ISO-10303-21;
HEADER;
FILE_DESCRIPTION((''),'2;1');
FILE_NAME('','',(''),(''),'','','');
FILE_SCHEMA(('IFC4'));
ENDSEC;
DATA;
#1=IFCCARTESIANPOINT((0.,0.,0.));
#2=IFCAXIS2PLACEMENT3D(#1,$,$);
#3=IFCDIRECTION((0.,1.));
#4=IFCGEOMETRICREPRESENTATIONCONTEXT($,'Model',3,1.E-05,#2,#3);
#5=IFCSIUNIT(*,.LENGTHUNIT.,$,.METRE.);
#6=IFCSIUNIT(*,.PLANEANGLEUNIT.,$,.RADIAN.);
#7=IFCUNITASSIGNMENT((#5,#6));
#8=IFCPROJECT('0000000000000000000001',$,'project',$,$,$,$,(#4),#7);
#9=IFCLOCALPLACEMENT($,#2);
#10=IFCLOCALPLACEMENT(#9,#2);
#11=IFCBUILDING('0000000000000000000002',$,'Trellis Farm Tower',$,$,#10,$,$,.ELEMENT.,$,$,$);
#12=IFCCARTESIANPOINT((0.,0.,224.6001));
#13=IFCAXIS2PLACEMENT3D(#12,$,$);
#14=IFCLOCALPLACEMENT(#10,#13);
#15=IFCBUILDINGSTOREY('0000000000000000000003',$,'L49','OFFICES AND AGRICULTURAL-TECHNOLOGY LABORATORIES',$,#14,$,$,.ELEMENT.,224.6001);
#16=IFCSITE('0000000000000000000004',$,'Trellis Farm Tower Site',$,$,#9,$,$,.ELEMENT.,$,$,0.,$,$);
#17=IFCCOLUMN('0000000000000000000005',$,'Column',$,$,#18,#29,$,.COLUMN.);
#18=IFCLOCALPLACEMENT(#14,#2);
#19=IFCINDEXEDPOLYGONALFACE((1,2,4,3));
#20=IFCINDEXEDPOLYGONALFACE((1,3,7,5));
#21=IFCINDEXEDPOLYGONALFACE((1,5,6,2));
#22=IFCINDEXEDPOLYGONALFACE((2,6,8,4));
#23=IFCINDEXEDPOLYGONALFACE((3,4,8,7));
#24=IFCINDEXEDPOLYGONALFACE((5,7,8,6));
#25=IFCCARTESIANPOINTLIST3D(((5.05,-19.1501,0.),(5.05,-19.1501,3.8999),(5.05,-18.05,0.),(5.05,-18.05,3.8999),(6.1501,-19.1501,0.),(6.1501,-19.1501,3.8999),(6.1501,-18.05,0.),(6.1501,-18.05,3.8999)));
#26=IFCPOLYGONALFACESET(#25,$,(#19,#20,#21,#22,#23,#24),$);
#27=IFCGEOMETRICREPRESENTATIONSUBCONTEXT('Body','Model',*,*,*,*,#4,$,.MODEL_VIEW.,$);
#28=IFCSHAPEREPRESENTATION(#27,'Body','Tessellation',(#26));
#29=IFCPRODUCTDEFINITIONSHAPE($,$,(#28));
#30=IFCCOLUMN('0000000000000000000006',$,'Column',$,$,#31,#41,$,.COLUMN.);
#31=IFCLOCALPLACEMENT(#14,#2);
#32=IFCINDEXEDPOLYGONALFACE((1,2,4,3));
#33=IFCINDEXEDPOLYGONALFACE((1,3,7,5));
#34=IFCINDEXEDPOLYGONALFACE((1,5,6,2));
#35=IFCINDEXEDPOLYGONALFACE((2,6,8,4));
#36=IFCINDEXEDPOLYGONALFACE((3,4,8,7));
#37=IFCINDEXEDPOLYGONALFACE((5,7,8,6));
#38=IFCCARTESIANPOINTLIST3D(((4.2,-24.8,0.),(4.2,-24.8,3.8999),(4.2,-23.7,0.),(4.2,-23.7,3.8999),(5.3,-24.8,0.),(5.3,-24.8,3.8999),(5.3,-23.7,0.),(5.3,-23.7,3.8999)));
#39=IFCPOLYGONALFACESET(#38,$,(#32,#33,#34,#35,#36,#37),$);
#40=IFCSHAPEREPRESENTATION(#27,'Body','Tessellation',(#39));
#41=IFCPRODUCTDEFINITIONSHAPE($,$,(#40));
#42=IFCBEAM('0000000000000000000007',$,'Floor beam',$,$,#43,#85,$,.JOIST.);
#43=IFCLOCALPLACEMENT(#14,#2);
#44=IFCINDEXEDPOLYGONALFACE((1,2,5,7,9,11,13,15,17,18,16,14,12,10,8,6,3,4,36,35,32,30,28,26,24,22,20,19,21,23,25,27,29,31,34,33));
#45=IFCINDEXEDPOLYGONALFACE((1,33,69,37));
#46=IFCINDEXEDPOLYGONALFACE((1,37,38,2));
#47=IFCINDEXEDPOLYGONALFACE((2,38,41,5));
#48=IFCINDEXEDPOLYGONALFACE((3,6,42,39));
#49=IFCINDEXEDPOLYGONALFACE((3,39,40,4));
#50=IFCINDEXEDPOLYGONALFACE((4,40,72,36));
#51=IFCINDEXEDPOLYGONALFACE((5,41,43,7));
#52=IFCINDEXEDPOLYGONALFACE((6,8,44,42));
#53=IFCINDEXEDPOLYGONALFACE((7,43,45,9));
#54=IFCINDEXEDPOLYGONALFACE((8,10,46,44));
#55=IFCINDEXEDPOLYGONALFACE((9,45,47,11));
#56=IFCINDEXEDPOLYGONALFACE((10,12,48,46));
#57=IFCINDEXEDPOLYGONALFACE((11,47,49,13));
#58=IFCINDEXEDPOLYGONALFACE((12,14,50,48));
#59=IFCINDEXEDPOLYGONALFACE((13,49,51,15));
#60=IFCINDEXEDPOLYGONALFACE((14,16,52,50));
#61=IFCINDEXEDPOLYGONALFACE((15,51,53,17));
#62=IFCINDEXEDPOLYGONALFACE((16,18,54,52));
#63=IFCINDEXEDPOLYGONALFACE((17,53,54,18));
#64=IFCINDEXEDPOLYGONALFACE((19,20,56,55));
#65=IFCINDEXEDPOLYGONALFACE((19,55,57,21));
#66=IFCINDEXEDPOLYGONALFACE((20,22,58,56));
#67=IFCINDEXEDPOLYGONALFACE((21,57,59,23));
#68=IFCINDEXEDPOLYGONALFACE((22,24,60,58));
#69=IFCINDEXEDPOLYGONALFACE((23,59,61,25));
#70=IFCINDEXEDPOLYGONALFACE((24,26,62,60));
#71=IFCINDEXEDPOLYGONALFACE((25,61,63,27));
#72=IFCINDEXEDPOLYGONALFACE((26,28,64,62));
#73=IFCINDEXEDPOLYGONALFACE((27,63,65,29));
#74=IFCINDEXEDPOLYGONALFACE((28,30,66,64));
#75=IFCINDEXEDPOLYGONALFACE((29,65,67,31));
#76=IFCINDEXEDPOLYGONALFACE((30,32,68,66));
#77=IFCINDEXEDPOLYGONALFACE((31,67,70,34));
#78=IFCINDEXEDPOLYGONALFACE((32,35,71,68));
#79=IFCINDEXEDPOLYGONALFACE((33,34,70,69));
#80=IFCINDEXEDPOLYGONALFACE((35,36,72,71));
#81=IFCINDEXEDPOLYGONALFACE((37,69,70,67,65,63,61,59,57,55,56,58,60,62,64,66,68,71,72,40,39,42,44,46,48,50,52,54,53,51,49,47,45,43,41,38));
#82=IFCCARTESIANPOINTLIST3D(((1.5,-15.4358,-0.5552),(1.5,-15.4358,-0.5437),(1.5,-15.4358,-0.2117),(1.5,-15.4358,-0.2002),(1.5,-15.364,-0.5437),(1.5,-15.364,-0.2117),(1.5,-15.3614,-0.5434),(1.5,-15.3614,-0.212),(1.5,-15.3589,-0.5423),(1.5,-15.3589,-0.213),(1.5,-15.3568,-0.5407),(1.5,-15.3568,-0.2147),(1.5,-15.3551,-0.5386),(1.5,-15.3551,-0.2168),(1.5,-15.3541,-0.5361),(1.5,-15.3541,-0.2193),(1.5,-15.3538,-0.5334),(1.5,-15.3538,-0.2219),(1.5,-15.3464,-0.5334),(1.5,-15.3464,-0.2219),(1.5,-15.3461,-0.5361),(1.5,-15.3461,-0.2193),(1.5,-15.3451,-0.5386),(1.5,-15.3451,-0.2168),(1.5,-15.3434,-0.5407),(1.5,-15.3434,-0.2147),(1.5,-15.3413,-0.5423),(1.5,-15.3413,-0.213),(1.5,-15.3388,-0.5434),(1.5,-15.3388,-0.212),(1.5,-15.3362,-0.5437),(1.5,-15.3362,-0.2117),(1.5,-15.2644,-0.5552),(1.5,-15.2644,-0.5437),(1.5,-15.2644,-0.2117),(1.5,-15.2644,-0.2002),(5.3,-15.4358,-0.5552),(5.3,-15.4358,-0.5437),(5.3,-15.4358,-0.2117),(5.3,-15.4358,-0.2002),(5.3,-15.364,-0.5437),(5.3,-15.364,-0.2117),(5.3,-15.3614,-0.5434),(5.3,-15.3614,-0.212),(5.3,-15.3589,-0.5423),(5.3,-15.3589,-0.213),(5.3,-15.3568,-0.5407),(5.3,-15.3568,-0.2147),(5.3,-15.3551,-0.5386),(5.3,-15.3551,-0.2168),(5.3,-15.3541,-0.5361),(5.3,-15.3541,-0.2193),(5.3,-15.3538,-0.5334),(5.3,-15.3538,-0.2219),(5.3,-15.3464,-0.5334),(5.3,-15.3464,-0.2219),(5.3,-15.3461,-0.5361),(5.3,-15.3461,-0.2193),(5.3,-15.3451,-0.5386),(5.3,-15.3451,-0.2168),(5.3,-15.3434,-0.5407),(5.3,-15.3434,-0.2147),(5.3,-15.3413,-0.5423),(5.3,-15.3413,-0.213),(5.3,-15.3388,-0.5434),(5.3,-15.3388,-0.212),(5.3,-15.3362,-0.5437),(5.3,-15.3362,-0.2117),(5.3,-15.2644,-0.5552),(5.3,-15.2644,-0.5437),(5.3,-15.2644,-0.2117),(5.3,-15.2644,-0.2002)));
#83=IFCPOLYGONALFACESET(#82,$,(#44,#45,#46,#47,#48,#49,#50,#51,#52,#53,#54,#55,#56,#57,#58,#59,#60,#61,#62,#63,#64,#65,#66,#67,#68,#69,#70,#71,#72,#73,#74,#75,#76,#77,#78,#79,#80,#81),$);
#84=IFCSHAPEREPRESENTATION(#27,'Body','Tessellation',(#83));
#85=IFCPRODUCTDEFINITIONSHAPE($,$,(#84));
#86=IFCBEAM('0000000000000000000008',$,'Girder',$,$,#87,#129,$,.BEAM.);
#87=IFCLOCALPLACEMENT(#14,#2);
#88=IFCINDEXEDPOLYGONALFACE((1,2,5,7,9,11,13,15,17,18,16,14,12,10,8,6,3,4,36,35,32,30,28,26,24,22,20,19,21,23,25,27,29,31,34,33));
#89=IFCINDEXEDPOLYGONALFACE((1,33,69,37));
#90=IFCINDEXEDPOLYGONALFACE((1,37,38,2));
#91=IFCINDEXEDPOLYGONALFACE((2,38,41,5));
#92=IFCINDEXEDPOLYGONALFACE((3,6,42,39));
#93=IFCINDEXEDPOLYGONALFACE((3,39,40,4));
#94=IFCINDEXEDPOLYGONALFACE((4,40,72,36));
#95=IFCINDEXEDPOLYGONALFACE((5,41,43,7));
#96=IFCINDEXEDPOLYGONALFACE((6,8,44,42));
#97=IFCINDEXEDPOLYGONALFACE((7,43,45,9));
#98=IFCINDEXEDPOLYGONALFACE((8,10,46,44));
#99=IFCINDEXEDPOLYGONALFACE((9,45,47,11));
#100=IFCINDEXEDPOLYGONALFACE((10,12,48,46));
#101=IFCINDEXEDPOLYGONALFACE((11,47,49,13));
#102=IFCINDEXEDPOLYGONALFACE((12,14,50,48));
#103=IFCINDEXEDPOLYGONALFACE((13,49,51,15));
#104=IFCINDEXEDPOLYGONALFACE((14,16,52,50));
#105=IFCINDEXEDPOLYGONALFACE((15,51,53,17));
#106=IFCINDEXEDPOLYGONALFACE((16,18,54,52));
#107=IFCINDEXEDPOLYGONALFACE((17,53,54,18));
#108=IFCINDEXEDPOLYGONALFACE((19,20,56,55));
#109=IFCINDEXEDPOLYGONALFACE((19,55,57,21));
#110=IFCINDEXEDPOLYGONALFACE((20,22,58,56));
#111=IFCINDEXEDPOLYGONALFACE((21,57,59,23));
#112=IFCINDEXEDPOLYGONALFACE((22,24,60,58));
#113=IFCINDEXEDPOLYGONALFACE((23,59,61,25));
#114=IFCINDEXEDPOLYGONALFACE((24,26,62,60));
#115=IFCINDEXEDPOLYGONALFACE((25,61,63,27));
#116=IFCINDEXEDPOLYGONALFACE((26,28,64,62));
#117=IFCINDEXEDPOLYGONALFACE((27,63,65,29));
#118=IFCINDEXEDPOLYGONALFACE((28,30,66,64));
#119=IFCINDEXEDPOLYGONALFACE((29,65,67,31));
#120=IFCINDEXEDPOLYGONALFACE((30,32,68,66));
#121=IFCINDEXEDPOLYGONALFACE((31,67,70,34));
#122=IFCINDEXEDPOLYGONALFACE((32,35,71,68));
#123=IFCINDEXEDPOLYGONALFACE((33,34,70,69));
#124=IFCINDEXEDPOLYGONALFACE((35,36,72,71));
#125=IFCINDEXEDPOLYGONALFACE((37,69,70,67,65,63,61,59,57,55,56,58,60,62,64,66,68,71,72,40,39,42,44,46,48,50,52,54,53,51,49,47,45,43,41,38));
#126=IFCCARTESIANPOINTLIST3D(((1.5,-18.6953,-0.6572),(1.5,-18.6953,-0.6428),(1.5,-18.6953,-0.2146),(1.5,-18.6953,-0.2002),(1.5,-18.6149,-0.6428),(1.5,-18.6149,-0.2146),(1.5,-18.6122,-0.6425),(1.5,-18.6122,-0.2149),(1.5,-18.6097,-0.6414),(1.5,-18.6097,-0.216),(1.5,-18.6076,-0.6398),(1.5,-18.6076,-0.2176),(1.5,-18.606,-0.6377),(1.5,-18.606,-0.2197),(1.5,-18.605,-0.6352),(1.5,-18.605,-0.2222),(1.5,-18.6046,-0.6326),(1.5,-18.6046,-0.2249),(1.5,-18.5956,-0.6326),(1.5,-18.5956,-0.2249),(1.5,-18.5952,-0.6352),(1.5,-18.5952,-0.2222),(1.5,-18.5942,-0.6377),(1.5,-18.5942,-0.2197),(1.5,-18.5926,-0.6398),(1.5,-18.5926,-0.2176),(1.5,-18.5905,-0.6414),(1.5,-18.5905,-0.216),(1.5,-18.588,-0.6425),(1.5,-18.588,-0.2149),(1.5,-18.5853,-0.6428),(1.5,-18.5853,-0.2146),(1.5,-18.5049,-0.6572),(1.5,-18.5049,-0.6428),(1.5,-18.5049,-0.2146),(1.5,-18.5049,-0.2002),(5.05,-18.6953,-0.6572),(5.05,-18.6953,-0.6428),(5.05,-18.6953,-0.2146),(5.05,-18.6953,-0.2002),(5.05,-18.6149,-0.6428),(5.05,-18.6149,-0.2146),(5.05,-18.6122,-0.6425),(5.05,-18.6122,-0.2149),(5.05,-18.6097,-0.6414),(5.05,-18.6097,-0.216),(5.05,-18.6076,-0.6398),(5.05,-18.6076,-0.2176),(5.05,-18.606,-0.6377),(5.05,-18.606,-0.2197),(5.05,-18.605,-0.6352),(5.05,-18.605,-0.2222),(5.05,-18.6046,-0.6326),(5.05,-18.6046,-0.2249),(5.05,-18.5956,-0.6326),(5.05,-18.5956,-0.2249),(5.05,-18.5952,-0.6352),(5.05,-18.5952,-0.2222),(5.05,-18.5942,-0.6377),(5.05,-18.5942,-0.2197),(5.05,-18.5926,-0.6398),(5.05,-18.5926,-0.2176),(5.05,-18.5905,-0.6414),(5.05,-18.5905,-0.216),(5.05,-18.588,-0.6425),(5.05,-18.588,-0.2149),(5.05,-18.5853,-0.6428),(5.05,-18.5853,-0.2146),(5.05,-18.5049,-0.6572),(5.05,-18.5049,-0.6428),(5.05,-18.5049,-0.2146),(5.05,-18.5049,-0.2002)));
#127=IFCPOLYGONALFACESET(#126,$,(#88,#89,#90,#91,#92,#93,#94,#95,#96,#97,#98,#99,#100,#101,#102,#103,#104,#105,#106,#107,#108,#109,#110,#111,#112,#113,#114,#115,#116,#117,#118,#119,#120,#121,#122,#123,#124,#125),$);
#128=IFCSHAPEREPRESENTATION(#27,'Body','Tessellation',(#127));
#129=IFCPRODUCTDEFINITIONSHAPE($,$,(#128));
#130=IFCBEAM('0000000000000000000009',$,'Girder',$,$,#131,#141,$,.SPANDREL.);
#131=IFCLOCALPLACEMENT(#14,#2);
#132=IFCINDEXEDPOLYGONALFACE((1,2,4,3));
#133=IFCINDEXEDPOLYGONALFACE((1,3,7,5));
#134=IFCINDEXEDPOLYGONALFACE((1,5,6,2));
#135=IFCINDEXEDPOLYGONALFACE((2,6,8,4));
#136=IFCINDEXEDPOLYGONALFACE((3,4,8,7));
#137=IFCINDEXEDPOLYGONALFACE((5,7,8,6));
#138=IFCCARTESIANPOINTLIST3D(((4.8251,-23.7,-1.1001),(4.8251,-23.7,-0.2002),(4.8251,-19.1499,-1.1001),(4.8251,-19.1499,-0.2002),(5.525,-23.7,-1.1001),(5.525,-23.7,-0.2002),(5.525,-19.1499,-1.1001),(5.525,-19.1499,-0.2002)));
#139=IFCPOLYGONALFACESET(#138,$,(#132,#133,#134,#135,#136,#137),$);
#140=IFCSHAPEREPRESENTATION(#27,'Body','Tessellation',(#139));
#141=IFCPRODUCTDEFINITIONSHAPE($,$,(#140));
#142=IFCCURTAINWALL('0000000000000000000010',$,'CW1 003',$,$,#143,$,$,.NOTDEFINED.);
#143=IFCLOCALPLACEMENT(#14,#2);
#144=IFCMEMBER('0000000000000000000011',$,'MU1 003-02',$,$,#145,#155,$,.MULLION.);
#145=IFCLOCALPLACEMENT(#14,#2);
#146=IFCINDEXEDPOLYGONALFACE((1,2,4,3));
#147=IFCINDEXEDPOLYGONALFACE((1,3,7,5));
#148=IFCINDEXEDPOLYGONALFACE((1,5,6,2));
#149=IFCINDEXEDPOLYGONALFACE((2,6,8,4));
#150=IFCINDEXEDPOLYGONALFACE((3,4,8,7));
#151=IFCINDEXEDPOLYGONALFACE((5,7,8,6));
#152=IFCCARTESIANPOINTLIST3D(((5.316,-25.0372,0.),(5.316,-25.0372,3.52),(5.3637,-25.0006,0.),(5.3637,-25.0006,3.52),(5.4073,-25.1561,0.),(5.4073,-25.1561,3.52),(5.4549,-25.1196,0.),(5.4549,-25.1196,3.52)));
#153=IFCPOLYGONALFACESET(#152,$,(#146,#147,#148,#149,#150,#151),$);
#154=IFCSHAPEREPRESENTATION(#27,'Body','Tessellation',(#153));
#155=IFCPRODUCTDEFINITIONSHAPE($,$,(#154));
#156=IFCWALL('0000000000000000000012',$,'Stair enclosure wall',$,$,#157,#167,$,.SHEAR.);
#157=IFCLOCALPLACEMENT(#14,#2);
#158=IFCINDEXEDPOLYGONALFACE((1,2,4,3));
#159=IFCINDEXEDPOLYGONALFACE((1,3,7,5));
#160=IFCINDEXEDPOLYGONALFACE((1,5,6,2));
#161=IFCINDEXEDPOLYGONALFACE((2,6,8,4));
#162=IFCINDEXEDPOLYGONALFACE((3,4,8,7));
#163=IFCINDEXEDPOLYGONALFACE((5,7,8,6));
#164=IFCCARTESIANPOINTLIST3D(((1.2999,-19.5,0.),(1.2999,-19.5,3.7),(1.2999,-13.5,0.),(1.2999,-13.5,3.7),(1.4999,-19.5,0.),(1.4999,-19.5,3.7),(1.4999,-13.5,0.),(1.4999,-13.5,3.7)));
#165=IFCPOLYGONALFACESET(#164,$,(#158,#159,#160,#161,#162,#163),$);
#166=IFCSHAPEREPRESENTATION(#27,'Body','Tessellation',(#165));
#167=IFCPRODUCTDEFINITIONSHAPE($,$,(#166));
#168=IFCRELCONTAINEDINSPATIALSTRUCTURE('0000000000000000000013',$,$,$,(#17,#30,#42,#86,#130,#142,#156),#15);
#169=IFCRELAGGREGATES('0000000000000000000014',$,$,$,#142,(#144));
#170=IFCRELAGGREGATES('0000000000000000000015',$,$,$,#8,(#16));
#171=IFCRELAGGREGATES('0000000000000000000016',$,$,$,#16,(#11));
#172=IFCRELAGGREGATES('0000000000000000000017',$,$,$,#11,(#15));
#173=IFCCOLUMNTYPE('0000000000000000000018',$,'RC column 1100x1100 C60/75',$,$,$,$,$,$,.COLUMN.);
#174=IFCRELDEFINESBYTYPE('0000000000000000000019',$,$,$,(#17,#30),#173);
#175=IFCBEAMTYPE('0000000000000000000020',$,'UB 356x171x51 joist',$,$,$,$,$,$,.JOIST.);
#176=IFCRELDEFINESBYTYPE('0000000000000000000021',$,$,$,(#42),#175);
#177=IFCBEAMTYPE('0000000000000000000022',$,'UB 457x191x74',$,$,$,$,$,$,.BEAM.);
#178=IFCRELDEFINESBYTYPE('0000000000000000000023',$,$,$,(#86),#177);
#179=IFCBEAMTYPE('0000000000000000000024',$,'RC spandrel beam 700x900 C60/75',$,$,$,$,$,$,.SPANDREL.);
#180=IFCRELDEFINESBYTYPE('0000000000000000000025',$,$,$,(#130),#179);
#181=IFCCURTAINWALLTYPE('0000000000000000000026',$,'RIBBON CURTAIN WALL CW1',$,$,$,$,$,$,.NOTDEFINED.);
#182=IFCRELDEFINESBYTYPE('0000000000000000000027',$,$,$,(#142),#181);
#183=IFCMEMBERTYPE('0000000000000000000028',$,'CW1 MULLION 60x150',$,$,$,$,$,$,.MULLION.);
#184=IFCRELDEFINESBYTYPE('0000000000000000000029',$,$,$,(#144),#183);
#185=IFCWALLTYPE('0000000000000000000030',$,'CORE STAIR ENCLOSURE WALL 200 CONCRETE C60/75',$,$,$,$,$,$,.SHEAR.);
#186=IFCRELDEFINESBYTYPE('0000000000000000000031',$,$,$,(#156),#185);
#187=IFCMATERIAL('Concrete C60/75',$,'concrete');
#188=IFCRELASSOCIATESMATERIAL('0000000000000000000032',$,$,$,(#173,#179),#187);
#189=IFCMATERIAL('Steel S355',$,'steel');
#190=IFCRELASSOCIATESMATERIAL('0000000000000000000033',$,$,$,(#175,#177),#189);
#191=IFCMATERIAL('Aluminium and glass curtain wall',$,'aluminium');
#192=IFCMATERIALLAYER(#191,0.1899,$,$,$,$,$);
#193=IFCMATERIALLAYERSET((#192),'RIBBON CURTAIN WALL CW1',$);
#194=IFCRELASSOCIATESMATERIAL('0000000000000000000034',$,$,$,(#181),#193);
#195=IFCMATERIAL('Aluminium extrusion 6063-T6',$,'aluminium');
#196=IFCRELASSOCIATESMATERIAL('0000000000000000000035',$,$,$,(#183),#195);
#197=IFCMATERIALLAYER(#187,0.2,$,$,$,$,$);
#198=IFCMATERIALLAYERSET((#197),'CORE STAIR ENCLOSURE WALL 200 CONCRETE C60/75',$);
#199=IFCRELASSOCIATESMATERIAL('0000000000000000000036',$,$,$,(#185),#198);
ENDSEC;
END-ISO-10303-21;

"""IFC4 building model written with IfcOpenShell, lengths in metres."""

from ifc_helpers import new_model, si_unit, direction, frame, frame_2d, origin, origin_2d, place, context, subcontext, project, spatial, rectangle, i_section, extrude, source, transform, mapped, material, layer, layer_set, material_profile, profile_set, type_object, element, aggregate, save


model = new_model("IFC4")

# Units and contexts
model_context = context("Model", 3, precision=1e-05, world=origin(), true_north=direction((0.0, 1.0)))
body_context = subcontext(model_context, "Body", "Model", "MODEL_VIEW")
ifc_project = project(units=[si_unit("LENGTHUNIT", "METRE"), si_unit("PLANEANGLEUNIT", "RADIAN")], contexts=[model_context])

# Site, building, storey
site_placement = place(None, origin())
site = spatial("IfcSite", under=ifc_project, at=site_placement, Name="Trellis Farm Tower Site", CompositionType="ELEMENT", RefElevation=0.0)
building_placement = place(site_placement, origin())
building = spatial("IfcBuilding", under=site, at=building_placement, Name="Trellis Farm Tower", CompositionType="ELEMENT")
storey_placement = place(building_placement, frame((0.0, 0.0, 224.6001)))
storey = spatial("IfcBuildingStorey", under=building, at=storey_placement, Name="L49", Description="OFFICES AND AGRICULTURAL-TECHNOLOGY LABORATORIES", CompositionType="ELEMENT", Elevation=224.6001)

# Columns
ifc_material_1 = material(Name="Concrete C60/75", Category="concrete")
ifc_material_profile_1 = material_profile(ifc_material_1, rectangle(XDim=1.1001, YDim=1.1001, at=origin_2d()), Name="RC column 1100x1100 C60/75")
ifc_profile_set_1 = profile_set([ifc_material_profile_1], Name="Concrete C60/75")
column_type = type_object("IfcColumnType", Name="RC column 1100x1100 C60/75", PredefinedType="COLUMN", material=ifc_profile_set_1)
shared_shape_1 = source(origin(), body_context, "Body", "SweptSolid", [
    extrude(rectangle(XDim=1.1001, YDim=1.1001, at=origin_2d()), origin(), (0.0, 0.0, 1.0), 3.8999),
])
for number, where, z_axis, x_axis, name in (
    (1, (5.6001, -18.6001, 0.0), (0.0, 0.0, 1.0), (1.0, 0.0, 0.0), "Column"),
    (2, (4.75, -24.25, 0.0), (0.0, 0.0, 1.0), (1.0, 0.0, 0.0), "Column"),
):
    element("IfcColumn", number, at=place(storey_placement, frame(where, z_axis=z_axis, x_axis=x_axis)), inside=storey, type_object=column_type, Name=name, PredefinedType="COLUMN", context=body_context, shape_type="MappedRepresentation", body=[
        mapped(shared_shape_1, transform((0.0, 0.0, 0.0))),
    ])

# Beams
ifc_material_2 = material(Name="Steel S355", Category="steel")
ifc_material_profile_2 = material_profile(ifc_material_2, i_section(OverallWidth=0.1714, OverallDepth=0.355, WebThickness=0.0073, FlangeThickness=0.0115, FilletRadius=0.0103, at=origin_2d()), Name="UB 356x171x51")
ifc_profile_set_2 = profile_set([ifc_material_profile_2], Name="Steel S355")
beam_type_1 = type_object("IfcBeamType", Name="UB 356x171x51 joist", PredefinedType="JOIST", material=ifc_profile_set_2)
shared_shape_2 = source(origin(), body_context, "Body", "SweptSolid", [
    extrude(i_section(OverallWidth=0.1714, OverallDepth=0.355, WebThickness=0.0073, FlangeThickness=0.0115, FilletRadius=0.0103, at=origin_2d()), origin(), (0.0, 0.0, 1.0), 3.8),
])
beam_1_placement = place(storey_placement, frame((1.5, -15.3501, -0.3777), z_axis=(1.0, 0.0, 0.0), x_axis=(0.0, 1.0, 0.0)))
element("IfcBeam", 3, at=beam_1_placement, inside=storey, type_object=beam_type_1, Name="Floor beam", PredefinedType="JOIST", context=body_context, shape_type="MappedRepresentation", body=[
    mapped(shared_shape_2, transform((0.0, 0.0, 0.0))),
])
ifc_material_profile_3 = material_profile(ifc_material_2, i_section(OverallWidth=0.1904, OverallDepth=0.457, WebThickness=0.009, FlangeThickness=0.0144, FilletRadius=0.0103, at=origin_2d()), Name="UB 457x191x74")
ifc_profile_set_3 = profile_set([ifc_material_profile_3], Name="Steel S355")
beam_type_2 = type_object("IfcBeamType", Name="UB 457x191x74", PredefinedType="BEAM", material=ifc_profile_set_3)
shared_shape_3 = source(origin(), body_context, "Body", "SweptSolid", [
    extrude(i_section(OverallWidth=0.1904, OverallDepth=0.457, WebThickness=0.009, FlangeThickness=0.0144, FilletRadius=0.0103, at=origin_2d()), origin(), (0.0, 0.0, 1.0), 3.55),
])
beam_2_placement = place(storey_placement, frame((1.5, -18.6001, -0.4287), z_axis=(1.0, 0.0, 0.0), x_axis=(0.0, 1.0, 0.0)))
element("IfcBeam", 4, at=beam_2_placement, inside=storey, type_object=beam_type_2, Name="Girder", PredefinedType="BEAM", context=body_context, shape_type="MappedRepresentation", body=[
    mapped(shared_shape_3, transform((0.0, 0.0, 0.0))),
])
ifc_material_profile_4 = material_profile(ifc_material_1, rectangle(XDim=0.7, YDim=0.8999, at=origin_2d()), Name="RC spandrel beam 700x900 C60/75")
ifc_profile_set_4 = profile_set([ifc_material_profile_4], Name="Concrete C60/75")
beam_type_3 = type_object("IfcBeamType", Name="RC spandrel beam 700x900 C60/75", PredefinedType="SPANDREL", material=ifc_profile_set_4)
shared_shape_4 = source(origin(), body_context, "Body", "SweptSolid", [
    extrude(rectangle(XDim=0.7, YDim=0.8999, at=origin_2d()), origin(), (0.0, 0.0, 1.0), 4.55),
])
beam_3_placement = place(storey_placement, frame((5.175, -23.7, -0.6501), z_axis=(0.0, 1.0, 0.0), x_axis=(-1.0, 0.0, 0.0)))
element("IfcBeam", 5, at=beam_3_placement, inside=storey, type_object=beam_type_3, Name="Girder", PredefinedType="SPANDREL", context=body_context, shape_type="MappedRepresentation", body=[
    mapped(shared_shape_4, transform((0.0, 0.0, 0.0))),
])

# Curtain wall, member
ifc_material_3 = material(Name="Aluminium and glass curtain wall", Category="aluminium")
ifc_layer_1 = layer(ifc_material_3, 0.1899)
ifc_layer_set_1 = layer_set([ifc_layer_1], Name="RIBBON CURTAIN WALL CW1")
curtain_wall_type = type_object("IfcCurtainWallType", Name="RIBBON CURTAIN WALL CW1", PredefinedType="NOTDEFINED", material=ifc_layer_set_1)
placement = place(storey_placement, origin())
curtain_wall = element("IfcCurtainWall", 6, at=placement, inside=storey, type_object=curtain_wall_type, Name="CW1 003", PredefinedType="NOTDEFINED")
ifc_material_4 = material(Name="Aluminium extrusion 6063-T6", Category="aluminium")
ifc_material_profile_5 = material_profile(ifc_material_4, rectangle(XDim=0.0601, YDim=0.1499, at=origin_2d()), Name="MULLION 60x150")
ifc_profile_set_5 = profile_set([ifc_material_profile_5], Name="Aluminium extrusion 6063-T6")
member_type = type_object("IfcMemberType", Name="CW1 MULLION 60x150", PredefinedType="MULLION", material=ifc_profile_set_5)
shared_shape_5 = source(origin(), body_context, "Body", "SweptSolid", [
    extrude(rectangle(XDim=0.0601, YDim=0.1499, at=origin_2d()), origin(), (0.0, 0.0, 1.0), 3.52),
])
member_placement = place(storey_placement, frame((5.3855, -25.0784, 0.0), z_axis=(0.0, 0.0, 1.0), x_axis=(0.793353, 0.608761, 0.0)))
member = element("IfcMember", 7, at=member_placement, type_object=member_type, Name="MU1 003-02", PredefinedType="MULLION", context=body_context, shape_type="MappedRepresentation", body=[
    mapped(shared_shape_5, transform((0.0, 0.0, 0.0))),
])
aggregate(curtain_wall, [member])

# Wall
ifc_layer_2 = layer(ifc_material_1, 0.2)
ifc_layer_set_2 = layer_set([ifc_layer_2], Name="CORE STAIR ENCLOSURE WALL 200 CONCRETE C60/75")
wall_type_1 = type_object("IfcWallType", Name="CORE STAIR ENCLOSURE WALL 200 CONCRETE C60/75", PredefinedType="SHEAR", material=ifc_layer_set_2)
shared_shape_6 = source(origin(), body_context, "Body", "SweptSolid", [
    extrude(rectangle(XDim=6.0, YDim=0.2, at=frame_2d((3.0, 0.0))), origin(), (0.0, 0.0, 1.0), 3.7),
])
wall_1_placement = place(storey_placement, frame((1.3999, -13.5, 0.0), z_axis=(0.0, 0.0, 1.0), x_axis=(0.0, -1.0, 0.0)))
element("IfcWall", 8, at=wall_1_placement, inside=storey, type_object=wall_type_1, Name="Stair enclosure wall", PredefinedType="SHEAR", context=body_context, shape_type="MappedRepresentation", body=[
    mapped(shared_shape_6, transform((0.0, 0.0, 0.0))),
])

save(model, "model.ifc")
